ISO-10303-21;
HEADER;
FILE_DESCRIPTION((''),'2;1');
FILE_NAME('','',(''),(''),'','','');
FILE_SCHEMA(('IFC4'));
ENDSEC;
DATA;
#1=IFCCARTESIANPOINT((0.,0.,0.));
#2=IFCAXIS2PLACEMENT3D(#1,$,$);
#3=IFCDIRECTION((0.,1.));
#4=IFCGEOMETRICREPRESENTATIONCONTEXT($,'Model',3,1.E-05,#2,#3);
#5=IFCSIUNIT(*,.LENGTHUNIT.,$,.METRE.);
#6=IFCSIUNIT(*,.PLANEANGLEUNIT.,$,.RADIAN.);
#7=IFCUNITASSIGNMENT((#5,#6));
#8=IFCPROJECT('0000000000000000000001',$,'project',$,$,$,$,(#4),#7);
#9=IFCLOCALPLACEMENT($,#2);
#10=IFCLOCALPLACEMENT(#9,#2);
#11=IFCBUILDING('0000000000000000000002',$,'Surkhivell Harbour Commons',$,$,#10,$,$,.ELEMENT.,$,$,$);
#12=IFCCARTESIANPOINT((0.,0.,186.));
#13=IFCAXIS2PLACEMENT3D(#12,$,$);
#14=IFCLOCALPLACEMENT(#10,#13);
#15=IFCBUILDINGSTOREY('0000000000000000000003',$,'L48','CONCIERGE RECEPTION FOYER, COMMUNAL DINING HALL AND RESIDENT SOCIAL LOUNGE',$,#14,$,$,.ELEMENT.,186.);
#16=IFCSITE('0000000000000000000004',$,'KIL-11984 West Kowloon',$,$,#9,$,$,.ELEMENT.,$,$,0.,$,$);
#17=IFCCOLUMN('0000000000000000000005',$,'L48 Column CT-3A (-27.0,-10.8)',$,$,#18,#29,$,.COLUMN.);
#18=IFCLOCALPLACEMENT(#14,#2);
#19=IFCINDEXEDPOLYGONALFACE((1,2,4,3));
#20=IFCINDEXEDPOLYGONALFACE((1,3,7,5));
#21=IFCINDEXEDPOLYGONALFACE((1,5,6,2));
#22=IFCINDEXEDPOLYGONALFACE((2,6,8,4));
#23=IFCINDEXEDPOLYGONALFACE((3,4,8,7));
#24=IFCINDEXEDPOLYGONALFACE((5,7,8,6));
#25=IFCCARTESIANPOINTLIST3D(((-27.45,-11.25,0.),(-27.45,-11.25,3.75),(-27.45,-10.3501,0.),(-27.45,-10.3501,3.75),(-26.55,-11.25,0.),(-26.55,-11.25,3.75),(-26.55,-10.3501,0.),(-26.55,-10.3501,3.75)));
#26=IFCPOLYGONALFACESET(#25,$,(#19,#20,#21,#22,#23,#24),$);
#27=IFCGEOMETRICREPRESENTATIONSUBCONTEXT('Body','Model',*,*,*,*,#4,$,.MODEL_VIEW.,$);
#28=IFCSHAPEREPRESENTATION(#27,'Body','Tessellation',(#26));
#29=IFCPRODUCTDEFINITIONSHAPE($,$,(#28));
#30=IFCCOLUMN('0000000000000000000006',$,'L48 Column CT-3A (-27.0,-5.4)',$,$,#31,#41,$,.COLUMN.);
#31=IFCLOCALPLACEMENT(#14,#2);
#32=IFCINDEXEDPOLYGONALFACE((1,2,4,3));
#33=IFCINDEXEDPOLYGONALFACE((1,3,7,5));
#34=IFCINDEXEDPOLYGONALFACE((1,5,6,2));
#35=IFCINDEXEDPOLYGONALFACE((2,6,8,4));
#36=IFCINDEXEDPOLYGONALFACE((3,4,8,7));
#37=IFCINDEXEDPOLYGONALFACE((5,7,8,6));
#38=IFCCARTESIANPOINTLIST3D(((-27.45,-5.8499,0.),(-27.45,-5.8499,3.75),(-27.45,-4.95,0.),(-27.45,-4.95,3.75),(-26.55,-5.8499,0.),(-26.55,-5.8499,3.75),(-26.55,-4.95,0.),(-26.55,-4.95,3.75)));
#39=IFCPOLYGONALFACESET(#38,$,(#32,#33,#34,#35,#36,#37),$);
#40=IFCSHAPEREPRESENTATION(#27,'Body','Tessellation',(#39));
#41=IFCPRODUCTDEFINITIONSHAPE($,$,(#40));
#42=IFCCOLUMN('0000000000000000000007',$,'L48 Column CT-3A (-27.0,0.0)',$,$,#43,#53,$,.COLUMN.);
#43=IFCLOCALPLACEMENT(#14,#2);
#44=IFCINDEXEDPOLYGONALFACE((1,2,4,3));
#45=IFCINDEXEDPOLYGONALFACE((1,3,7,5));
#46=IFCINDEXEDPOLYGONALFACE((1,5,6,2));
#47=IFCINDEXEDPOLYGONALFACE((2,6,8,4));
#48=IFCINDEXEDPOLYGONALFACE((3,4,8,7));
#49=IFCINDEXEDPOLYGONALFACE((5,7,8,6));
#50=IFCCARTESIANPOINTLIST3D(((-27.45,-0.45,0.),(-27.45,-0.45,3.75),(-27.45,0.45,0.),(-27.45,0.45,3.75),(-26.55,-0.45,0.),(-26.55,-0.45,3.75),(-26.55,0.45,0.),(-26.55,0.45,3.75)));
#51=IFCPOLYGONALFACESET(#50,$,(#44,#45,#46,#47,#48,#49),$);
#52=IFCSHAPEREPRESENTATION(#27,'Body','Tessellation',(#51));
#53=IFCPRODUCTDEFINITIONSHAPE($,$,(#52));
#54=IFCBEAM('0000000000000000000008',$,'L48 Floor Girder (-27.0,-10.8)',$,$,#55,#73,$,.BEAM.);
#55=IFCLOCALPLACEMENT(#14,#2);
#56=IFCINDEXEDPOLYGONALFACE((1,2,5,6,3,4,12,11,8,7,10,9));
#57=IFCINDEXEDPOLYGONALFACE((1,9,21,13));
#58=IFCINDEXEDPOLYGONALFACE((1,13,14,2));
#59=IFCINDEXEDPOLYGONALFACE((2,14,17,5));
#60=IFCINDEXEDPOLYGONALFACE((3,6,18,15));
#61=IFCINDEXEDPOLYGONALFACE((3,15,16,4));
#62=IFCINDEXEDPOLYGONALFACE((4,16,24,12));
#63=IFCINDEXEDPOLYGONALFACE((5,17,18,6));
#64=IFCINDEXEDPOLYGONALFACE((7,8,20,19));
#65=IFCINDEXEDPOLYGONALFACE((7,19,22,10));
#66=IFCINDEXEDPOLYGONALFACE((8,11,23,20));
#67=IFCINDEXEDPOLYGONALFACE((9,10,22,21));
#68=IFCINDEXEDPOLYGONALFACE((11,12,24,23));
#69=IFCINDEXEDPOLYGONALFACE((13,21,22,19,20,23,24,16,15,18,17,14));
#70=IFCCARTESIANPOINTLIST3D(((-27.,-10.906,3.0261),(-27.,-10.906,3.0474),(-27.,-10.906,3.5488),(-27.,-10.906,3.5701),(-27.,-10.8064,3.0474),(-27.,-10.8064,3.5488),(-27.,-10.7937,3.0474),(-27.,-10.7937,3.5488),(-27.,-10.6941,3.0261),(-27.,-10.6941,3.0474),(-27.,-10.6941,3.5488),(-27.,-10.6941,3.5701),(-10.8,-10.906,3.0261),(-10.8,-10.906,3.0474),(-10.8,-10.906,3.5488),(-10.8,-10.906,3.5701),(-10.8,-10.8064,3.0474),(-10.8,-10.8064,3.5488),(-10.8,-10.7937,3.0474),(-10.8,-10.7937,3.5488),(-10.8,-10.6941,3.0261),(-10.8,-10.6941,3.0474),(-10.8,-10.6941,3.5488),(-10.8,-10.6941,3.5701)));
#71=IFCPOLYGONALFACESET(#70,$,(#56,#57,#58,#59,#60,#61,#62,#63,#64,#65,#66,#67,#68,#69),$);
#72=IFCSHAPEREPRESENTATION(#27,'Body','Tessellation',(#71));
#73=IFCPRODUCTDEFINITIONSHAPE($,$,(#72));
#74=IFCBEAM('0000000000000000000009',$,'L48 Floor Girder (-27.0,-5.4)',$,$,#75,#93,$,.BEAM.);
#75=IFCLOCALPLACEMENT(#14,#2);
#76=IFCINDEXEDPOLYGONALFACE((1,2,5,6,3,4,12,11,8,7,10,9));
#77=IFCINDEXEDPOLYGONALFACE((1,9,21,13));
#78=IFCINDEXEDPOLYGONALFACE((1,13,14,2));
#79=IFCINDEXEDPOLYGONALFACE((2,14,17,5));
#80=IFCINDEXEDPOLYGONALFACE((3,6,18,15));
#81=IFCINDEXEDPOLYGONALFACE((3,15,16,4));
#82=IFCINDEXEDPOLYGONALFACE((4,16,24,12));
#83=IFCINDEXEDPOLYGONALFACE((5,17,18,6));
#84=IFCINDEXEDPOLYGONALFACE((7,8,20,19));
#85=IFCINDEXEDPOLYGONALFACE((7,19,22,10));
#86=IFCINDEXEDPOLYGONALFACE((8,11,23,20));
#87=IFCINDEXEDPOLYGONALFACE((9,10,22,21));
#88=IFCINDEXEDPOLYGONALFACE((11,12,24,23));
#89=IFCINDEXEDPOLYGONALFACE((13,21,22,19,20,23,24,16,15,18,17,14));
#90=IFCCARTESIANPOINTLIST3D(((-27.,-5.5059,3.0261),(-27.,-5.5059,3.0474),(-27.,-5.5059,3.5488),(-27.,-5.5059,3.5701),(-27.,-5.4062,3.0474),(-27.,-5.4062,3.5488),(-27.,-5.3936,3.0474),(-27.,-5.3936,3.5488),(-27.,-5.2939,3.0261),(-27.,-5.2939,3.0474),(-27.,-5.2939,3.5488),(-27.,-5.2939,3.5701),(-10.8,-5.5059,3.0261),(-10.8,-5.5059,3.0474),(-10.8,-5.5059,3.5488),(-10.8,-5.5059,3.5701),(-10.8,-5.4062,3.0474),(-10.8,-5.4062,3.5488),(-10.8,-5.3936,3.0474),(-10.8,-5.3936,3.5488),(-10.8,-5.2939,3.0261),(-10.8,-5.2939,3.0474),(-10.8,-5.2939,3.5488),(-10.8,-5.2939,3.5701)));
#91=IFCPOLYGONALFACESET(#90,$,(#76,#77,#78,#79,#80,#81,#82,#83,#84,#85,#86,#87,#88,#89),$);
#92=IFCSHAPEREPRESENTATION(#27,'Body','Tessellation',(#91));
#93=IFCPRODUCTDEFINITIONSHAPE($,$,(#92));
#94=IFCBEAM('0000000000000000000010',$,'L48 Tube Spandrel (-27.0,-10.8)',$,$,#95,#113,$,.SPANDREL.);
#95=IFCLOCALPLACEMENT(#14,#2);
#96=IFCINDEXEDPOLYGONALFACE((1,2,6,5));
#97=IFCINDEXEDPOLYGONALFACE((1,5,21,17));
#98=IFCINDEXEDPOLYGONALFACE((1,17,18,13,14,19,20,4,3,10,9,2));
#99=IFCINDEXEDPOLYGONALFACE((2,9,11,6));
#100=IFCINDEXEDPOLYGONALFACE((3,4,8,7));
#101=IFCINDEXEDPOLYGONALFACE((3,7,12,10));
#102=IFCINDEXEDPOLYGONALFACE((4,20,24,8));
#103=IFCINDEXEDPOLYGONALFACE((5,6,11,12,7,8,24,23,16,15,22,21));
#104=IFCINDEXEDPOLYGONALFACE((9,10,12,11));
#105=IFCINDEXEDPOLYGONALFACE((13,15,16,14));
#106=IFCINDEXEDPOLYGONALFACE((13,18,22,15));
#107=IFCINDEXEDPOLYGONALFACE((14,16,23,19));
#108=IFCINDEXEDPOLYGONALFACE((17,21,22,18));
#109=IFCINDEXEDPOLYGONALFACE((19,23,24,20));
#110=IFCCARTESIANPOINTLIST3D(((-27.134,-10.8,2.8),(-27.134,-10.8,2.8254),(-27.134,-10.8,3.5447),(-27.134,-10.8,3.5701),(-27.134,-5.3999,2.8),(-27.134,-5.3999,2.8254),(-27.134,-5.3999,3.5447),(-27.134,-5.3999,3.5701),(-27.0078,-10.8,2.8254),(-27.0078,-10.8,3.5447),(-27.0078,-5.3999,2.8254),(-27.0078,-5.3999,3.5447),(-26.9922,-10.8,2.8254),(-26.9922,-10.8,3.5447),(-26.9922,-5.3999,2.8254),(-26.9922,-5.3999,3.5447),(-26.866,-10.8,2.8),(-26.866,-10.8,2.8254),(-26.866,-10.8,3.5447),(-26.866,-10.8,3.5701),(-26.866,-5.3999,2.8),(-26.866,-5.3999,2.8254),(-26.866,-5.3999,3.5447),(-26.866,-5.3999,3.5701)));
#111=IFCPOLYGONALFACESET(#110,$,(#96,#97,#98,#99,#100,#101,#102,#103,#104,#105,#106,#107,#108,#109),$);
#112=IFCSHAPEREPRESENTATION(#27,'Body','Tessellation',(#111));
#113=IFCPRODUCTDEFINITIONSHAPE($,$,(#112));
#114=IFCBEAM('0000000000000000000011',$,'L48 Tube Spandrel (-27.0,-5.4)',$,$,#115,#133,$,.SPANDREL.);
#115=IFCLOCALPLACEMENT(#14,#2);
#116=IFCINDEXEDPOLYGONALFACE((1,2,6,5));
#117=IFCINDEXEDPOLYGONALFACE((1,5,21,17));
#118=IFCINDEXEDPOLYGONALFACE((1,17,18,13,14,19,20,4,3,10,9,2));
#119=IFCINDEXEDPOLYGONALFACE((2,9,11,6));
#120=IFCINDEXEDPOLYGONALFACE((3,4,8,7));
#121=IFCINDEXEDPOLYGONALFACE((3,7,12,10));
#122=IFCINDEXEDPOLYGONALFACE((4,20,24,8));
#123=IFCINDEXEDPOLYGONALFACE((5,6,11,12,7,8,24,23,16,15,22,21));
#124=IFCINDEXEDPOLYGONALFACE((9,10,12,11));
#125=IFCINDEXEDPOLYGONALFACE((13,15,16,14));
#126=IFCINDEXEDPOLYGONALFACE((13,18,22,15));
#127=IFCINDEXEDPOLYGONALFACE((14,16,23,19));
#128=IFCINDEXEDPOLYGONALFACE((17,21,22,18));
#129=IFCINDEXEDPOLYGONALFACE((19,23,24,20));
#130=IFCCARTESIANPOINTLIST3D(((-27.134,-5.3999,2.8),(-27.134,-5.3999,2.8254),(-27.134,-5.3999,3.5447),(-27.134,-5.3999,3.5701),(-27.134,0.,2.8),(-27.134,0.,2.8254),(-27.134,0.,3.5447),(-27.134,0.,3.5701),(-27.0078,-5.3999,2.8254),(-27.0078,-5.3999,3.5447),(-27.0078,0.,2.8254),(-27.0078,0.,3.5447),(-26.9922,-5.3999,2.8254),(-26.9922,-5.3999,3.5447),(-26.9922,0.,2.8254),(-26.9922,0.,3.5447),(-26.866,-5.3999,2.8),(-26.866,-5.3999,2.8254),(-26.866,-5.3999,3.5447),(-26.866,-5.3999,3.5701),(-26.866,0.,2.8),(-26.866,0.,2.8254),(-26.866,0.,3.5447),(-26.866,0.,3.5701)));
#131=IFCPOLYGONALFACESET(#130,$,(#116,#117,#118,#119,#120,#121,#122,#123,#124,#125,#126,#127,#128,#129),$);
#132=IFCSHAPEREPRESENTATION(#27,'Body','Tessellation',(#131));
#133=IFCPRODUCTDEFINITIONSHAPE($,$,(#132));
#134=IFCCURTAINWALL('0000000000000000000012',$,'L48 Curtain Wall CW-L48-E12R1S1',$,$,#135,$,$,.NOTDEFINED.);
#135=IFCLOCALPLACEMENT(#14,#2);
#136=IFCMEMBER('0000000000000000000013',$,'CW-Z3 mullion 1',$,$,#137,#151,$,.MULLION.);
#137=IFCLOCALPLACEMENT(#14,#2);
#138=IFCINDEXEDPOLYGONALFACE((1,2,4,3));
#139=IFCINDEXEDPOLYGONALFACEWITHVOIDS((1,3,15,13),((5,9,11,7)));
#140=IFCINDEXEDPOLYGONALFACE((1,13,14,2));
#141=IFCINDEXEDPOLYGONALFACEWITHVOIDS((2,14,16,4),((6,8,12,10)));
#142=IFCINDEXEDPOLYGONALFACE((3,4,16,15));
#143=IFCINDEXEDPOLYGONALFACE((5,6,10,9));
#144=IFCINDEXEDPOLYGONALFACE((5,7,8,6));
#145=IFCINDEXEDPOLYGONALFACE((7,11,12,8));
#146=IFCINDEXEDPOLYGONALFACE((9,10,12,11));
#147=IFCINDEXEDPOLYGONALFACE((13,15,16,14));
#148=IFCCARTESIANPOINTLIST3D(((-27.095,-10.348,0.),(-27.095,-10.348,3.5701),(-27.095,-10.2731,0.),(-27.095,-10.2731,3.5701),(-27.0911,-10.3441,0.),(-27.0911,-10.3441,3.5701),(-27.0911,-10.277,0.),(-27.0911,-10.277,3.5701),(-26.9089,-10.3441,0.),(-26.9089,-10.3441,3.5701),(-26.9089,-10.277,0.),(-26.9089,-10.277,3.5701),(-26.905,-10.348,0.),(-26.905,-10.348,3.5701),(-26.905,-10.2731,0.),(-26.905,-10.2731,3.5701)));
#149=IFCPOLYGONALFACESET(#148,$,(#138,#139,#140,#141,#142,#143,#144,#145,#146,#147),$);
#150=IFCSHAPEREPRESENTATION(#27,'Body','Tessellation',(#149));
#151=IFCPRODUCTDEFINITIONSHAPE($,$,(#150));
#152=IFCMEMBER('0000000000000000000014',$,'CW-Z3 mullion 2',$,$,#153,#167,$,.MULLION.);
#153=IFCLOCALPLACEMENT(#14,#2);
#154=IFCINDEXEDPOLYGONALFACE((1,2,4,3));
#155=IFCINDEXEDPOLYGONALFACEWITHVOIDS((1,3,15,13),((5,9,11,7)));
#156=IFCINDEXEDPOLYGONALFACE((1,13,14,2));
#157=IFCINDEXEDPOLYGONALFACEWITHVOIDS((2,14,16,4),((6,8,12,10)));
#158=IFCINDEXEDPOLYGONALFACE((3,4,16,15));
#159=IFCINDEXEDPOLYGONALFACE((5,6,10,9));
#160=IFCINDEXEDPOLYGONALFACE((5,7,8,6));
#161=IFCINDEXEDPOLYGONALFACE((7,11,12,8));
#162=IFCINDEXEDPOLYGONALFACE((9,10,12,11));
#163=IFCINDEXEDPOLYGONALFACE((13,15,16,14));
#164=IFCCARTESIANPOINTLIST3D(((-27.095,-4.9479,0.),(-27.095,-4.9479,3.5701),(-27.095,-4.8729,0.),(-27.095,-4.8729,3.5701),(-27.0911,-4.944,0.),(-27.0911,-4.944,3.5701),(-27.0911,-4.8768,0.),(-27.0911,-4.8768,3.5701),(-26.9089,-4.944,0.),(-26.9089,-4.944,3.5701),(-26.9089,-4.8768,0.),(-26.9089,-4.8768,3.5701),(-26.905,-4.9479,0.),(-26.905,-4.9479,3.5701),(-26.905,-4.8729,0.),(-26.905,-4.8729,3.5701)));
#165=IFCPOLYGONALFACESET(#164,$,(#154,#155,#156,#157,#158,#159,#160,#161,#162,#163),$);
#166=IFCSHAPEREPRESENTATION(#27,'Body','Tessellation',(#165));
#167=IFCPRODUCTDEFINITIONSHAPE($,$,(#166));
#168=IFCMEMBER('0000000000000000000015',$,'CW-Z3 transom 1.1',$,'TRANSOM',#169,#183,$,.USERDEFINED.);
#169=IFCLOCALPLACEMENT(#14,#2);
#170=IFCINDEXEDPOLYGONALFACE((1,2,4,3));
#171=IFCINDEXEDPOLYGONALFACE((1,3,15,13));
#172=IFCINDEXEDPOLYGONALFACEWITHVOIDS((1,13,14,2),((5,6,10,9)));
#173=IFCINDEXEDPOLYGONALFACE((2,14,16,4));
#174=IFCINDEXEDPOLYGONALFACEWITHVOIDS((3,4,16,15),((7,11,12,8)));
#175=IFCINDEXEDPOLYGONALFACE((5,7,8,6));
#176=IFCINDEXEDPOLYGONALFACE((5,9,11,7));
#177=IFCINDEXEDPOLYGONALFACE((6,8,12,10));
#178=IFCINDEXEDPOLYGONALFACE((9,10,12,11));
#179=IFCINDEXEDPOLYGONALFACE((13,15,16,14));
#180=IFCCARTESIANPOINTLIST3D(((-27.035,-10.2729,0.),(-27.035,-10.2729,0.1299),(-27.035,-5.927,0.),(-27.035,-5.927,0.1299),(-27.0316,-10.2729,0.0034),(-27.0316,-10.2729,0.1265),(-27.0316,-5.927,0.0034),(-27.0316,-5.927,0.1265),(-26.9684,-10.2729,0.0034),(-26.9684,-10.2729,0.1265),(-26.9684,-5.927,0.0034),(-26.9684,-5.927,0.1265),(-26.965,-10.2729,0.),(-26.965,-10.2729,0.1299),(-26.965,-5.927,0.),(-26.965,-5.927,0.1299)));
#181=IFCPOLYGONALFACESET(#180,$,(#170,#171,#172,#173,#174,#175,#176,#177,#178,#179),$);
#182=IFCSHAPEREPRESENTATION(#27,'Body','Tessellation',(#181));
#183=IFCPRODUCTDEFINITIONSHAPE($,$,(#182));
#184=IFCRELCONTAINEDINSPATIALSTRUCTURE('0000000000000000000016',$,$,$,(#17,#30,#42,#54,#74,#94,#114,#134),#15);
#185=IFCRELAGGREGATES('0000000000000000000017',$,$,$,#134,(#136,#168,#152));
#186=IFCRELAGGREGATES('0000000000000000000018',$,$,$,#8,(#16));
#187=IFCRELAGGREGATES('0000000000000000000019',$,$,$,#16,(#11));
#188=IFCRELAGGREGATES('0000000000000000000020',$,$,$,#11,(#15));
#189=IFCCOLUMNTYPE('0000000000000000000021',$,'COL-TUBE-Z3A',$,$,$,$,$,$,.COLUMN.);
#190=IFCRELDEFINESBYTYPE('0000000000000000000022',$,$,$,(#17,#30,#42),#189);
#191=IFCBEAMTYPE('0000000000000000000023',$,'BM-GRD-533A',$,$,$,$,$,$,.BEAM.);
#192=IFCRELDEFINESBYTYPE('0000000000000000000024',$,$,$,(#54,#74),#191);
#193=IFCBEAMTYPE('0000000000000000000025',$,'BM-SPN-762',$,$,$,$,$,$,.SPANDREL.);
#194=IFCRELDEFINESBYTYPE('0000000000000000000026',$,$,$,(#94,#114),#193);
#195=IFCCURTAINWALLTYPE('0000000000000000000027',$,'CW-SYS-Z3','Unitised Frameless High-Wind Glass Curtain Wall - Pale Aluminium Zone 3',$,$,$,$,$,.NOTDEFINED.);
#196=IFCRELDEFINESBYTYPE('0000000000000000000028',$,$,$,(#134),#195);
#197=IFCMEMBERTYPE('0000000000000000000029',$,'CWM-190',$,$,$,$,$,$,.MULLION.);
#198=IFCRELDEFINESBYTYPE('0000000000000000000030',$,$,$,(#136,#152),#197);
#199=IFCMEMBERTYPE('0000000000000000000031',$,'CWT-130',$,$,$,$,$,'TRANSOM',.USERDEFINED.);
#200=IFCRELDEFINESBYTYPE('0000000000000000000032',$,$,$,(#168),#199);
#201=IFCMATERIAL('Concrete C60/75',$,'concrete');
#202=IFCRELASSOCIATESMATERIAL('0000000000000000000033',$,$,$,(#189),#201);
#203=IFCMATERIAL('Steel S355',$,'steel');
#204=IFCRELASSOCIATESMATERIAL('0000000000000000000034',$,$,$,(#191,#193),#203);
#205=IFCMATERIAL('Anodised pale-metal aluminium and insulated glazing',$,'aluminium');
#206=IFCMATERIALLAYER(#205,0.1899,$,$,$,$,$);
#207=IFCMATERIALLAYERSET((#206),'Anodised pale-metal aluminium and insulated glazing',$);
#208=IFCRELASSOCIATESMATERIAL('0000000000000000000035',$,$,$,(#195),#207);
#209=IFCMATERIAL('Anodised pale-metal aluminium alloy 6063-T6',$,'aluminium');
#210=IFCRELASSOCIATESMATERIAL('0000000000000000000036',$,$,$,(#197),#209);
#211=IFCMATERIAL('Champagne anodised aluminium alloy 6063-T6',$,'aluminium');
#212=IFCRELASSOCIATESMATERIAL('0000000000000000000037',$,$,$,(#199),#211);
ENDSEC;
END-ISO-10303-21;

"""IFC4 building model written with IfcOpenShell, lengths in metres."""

from ifc_helpers import new_model, si_unit, direction, frame, origin, origin_2d, place, context, subcontext, project, spatial, rectangle, hollow_rectangle, i_section, extrude, material, layer, layer_set, material_profile, profile_set, type_object, element, aggregate, save


model = new_model("IFC4")

# Units and contexts
model_context = context("Model", 3, precision=1e-05, world=origin(), true_north=direction((0.0, 1.0)))
body_context = subcontext(model_context, "Body", "Model", "MODEL_VIEW")
ifc_project = project(units=[si_unit("LENGTHUNIT", "METRE"), si_unit("PLANEANGLEUNIT", "RADIAN")], contexts=[model_context])

# Site, building, storey
site_placement = place(None, origin())
site = spatial("IfcSite", under=ifc_project, at=site_placement, Name="KIL-11984 West Kowloon", CompositionType="ELEMENT", RefElevation=0.0)
building_placement = place(site_placement, origin())
building = spatial("IfcBuilding", under=site, at=building_placement, Name="Surkhivell Harbour Commons", CompositionType="ELEMENT")
storey_placement = place(building_placement, frame((0.0, 0.0, 186.0)))
storey = spatial("IfcBuildingStorey", under=building, at=storey_placement, Name="L48", Description="CONCIERGE RECEPTION FOYER, COMMUNAL DINING HALL AND RESIDENT SOCIAL LOUNGE", CompositionType="ELEMENT", Elevation=186.0)

# Columns
ifc_material_1 = material(Name="Concrete C60/75", Category="concrete")
ifc_material_profile_1 = material_profile(ifc_material_1, rectangle(XDim=0.8999, YDim=0.8999, at=origin_2d()), Name="RC-COL-900x900")
ifc_profile_set_1 = profile_set([ifc_material_profile_1], Name="Concrete C60/75")
column_type = type_object("IfcColumnType", Name="COL-TUBE-Z3A", PredefinedType="COLUMN", material=ifc_profile_set_1)
for number, where, z_axis, x_axis, name in (
    (1, (-27.0, -10.8, 0.0), (0.0, 0.0, 1.0), (1.0, 0.0, 0.0), "L48 Column CT-3A (-27.0,-10.8)"),
    (2, (-27.0, -5.3999, 0.0), (0.0, 0.0, 1.0), (1.0, 0.0, 0.0), "L48 Column CT-3A (-27.0,-5.4)"),
    (3, (-27.0, 0.0, 0.0), (0.0, 0.0, 1.0), (1.0, 0.0, 0.0), "L48 Column CT-3A (-27.0,0.0)"),
):
    element("IfcColumn", number, at=place(storey_placement, frame(where, z_axis=z_axis, x_axis=x_axis)), inside=storey, type_object=column_type, Name=name, PredefinedType="COLUMN", context=body_context, shape_type="SweptSolid", body=[
        extrude(rectangle(XDim=0.8999, YDim=0.8999, at=origin_2d()), origin(), (0.0, 0.0, 1.0), 3.75),
    ])

# Beams
ifc_material_2 = material(Name="Steel S355", Category="steel")
ifc_material_profile_2 = material_profile(ifc_material_2, i_section(OverallWidth=0.2119, OverallDepth=0.5439, WebThickness=0.0127, FlangeThickness=0.0212, at=origin_2d()), Name="UB533x210x122")
ifc_profile_set_2 = profile_set([ifc_material_profile_2], Name="Steel S355")
beam_type_1 = type_object("IfcBeamType", Name="BM-GRD-533A", PredefinedType="BEAM", material=ifc_profile_set_2)
for number, where, z_axis, x_axis, name in (
    (4, (-27.0, -10.8, 3.2981), (1.0, 0.0, 0.0), (0.0, 1.0, 0.0), "L48 Floor Girder (-27.0,-10.8)"),
    (5, (-27.0, -5.3999, 3.2981), (1.0, 0.0, 0.0), (0.0, 1.0, 0.0), "L48 Floor Girder (-27.0,-5.4)"),
):
    element("IfcBeam", number, at=place(storey_placement, frame(where, z_axis=z_axis, x_axis=x_axis)), inside=storey, type_object=beam_type_1, Name=name, PredefinedType="BEAM", context=body_context, shape_type="SweptSolid", body=[
        extrude(i_section(OverallWidth=0.2119, OverallDepth=0.5439, WebThickness=0.0127, FlangeThickness=0.0212, at=origin_2d()), origin(), (0.0, 0.0, 1.0), 16.2),
    ])
ifc_material_profile_3 = material_profile(ifc_material_2, i_section(OverallWidth=0.2681, OverallDepth=0.77, WebThickness=0.0156, FlangeThickness=0.0254, at=origin_2d()), Name="UB762x267x197")
ifc_profile_set_3 = profile_set([ifc_material_profile_3], Name="Steel S355")
beam_type_2 = type_object("IfcBeamType", Name="BM-SPN-762", PredefinedType="SPANDREL", material=ifc_profile_set_3)
beam_1_placement = place(storey_placement, frame((-27.0, -10.8, 3.1851), z_axis=(0.0, 1.0, 0.0), x_axis=(-1.0, 0.0, 0.0)))
element("IfcBeam", 6, at=beam_1_placement, inside=storey, type_object=beam_type_2, Name="L48 Tube Spandrel (-27.0,-10.8)", PredefinedType="SPANDREL", context=body_context, shape_type="SweptSolid", body=[
    extrude(i_section(OverallWidth=0.2681, OverallDepth=0.77, WebThickness=0.0156, FlangeThickness=0.0254, at=origin_2d()), origin(), (0.0, 0.0, 1.0), 5.4001),
])
beam_2_placement = place(storey_placement, frame((-27.0, -5.3999, 3.1851), z_axis=(0.0, 1.0, 0.0), x_axis=(-1.0, 0.0, 0.0)))
element("IfcBeam", 7, at=beam_2_placement, inside=storey, type_object=beam_type_2, Name="L48 Tube Spandrel (-27.0,-5.4)", PredefinedType="SPANDREL", context=body_context, shape_type="SweptSolid", body=[
    extrude(i_section(OverallWidth=0.2681, OverallDepth=0.77, WebThickness=0.0156, FlangeThickness=0.0254, at=origin_2d()), origin(), (0.0, 0.0, 1.0), 5.3999),
])

# Curtain wall, members
ifc_material_3 = material(Name="Anodised pale-metal aluminium and insulated glazing", Category="aluminium")
ifc_layer_1 = layer(ifc_material_3, 0.1899)
ifc_layer_set_1 = layer_set([ifc_layer_1], Name="Anodised pale-metal aluminium and insulated glazing")
curtain_wall_type = type_object("IfcCurtainWallType", Name="CW-SYS-Z3", Description="Unitised Frameless High-Wind Glass Curtain Wall - Pale Aluminium Zone 3", PredefinedType="NOTDEFINED", material=ifc_layer_set_1)
curtain_wall_placement = place(storey_placement, origin())
curtain_wall = element("IfcCurtainWall", 8, at=curtain_wall_placement, inside=storey, type_object=curtain_wall_type, Name="L48 Curtain Wall CW-L48-E12R1S1", PredefinedType="NOTDEFINED")
ifc_material_4 = material(Name="Anodised pale-metal aluminium alloy 6063-T6", Category="aluminium")
ifc_material_profile_4 = material_profile(ifc_material_4, hollow_rectangle(XDim=0.075, YDim=0.1899, WallThickness=0.0039, at=origin_2d()), Name="ALU-MULL-75x190")
ifc_profile_set_4 = profile_set([ifc_material_profile_4], Name="Anodised pale-metal aluminium alloy 6063-T6")
member_type_1 = type_object("IfcMemberType", Name="CWM-190", PredefinedType="MULLION", material=ifc_profile_set_4)
member_1_placement = place(storey_placement, frame((-27.0, -10.3105, 0.0), z_axis=(0.0, 0.0, 1.0), x_axis=(0.0, 1.0, 0.0)))
member_1 = element("IfcMember", 9, at=member_1_placement, type_object=member_type_1, Name="CW-Z3 mullion 1", PredefinedType="MULLION", context=body_context, shape_type="SweptSolid", body=[
    extrude(hollow_rectangle(XDim=0.075, YDim=0.1899, WallThickness=0.0039, at=origin_2d()), origin(), (0.0, 0.0, 1.0), 3.5701),
])
member_2_placement = place(storey_placement, frame((-27.0, -4.9104, 0.0), z_axis=(0.0, 0.0, 1.0), x_axis=(0.0, 1.0, 0.0)))
member_2 = element("IfcMember", 10, at=member_2_placement, type_object=member_type_1, Name="CW-Z3 mullion 2", PredefinedType="MULLION", context=body_context, shape_type="SweptSolid", body=[
    extrude(hollow_rectangle(XDim=0.075, YDim=0.1899, WallThickness=0.0039, at=origin_2d()), origin(), (0.0, 0.0, 1.0), 3.5701),
])
ifc_material_5 = material(Name="Champagne anodised aluminium alloy 6063-T6", Category="aluminium")
ifc_material_profile_5 = material_profile(ifc_material_5, hollow_rectangle(XDim=0.0701, YDim=0.1299, WallThickness=0.0034, at=origin_2d()), Name="ALU-TRAN-70x130")
ifc_profile_set_5 = profile_set([ifc_material_profile_5], Name="Champagne anodised aluminium alloy 6063-T6")
member_type_2 = type_object("IfcMemberType", Name="CWT-130", ElementType="TRANSOM", PredefinedType="USERDEFINED", material=ifc_profile_set_5)
member_3_placement = place(storey_placement, frame((-27.0, -10.2729, 0.0649), z_axis=(0.0, 1.0, 0.0), x_axis=(-1.0, 0.0, 0.0)))
member_3 = element("IfcMember", 11, at=member_3_placement, type_object=member_type_2, Name="CW-Z3 transom 1.1", ObjectType="TRANSOM", PredefinedType="USERDEFINED", context=body_context, shape_type="SweptSolid", body=[
    extrude(hollow_rectangle(XDim=0.0701, YDim=0.1299, WallThickness=0.0034, at=origin_2d()), origin(), (0.0, 0.0, 1.0), 4.3459),
])

aggregate(curtain_wall, [member_1, member_3, member_2])

save(model, "model.ifc")
